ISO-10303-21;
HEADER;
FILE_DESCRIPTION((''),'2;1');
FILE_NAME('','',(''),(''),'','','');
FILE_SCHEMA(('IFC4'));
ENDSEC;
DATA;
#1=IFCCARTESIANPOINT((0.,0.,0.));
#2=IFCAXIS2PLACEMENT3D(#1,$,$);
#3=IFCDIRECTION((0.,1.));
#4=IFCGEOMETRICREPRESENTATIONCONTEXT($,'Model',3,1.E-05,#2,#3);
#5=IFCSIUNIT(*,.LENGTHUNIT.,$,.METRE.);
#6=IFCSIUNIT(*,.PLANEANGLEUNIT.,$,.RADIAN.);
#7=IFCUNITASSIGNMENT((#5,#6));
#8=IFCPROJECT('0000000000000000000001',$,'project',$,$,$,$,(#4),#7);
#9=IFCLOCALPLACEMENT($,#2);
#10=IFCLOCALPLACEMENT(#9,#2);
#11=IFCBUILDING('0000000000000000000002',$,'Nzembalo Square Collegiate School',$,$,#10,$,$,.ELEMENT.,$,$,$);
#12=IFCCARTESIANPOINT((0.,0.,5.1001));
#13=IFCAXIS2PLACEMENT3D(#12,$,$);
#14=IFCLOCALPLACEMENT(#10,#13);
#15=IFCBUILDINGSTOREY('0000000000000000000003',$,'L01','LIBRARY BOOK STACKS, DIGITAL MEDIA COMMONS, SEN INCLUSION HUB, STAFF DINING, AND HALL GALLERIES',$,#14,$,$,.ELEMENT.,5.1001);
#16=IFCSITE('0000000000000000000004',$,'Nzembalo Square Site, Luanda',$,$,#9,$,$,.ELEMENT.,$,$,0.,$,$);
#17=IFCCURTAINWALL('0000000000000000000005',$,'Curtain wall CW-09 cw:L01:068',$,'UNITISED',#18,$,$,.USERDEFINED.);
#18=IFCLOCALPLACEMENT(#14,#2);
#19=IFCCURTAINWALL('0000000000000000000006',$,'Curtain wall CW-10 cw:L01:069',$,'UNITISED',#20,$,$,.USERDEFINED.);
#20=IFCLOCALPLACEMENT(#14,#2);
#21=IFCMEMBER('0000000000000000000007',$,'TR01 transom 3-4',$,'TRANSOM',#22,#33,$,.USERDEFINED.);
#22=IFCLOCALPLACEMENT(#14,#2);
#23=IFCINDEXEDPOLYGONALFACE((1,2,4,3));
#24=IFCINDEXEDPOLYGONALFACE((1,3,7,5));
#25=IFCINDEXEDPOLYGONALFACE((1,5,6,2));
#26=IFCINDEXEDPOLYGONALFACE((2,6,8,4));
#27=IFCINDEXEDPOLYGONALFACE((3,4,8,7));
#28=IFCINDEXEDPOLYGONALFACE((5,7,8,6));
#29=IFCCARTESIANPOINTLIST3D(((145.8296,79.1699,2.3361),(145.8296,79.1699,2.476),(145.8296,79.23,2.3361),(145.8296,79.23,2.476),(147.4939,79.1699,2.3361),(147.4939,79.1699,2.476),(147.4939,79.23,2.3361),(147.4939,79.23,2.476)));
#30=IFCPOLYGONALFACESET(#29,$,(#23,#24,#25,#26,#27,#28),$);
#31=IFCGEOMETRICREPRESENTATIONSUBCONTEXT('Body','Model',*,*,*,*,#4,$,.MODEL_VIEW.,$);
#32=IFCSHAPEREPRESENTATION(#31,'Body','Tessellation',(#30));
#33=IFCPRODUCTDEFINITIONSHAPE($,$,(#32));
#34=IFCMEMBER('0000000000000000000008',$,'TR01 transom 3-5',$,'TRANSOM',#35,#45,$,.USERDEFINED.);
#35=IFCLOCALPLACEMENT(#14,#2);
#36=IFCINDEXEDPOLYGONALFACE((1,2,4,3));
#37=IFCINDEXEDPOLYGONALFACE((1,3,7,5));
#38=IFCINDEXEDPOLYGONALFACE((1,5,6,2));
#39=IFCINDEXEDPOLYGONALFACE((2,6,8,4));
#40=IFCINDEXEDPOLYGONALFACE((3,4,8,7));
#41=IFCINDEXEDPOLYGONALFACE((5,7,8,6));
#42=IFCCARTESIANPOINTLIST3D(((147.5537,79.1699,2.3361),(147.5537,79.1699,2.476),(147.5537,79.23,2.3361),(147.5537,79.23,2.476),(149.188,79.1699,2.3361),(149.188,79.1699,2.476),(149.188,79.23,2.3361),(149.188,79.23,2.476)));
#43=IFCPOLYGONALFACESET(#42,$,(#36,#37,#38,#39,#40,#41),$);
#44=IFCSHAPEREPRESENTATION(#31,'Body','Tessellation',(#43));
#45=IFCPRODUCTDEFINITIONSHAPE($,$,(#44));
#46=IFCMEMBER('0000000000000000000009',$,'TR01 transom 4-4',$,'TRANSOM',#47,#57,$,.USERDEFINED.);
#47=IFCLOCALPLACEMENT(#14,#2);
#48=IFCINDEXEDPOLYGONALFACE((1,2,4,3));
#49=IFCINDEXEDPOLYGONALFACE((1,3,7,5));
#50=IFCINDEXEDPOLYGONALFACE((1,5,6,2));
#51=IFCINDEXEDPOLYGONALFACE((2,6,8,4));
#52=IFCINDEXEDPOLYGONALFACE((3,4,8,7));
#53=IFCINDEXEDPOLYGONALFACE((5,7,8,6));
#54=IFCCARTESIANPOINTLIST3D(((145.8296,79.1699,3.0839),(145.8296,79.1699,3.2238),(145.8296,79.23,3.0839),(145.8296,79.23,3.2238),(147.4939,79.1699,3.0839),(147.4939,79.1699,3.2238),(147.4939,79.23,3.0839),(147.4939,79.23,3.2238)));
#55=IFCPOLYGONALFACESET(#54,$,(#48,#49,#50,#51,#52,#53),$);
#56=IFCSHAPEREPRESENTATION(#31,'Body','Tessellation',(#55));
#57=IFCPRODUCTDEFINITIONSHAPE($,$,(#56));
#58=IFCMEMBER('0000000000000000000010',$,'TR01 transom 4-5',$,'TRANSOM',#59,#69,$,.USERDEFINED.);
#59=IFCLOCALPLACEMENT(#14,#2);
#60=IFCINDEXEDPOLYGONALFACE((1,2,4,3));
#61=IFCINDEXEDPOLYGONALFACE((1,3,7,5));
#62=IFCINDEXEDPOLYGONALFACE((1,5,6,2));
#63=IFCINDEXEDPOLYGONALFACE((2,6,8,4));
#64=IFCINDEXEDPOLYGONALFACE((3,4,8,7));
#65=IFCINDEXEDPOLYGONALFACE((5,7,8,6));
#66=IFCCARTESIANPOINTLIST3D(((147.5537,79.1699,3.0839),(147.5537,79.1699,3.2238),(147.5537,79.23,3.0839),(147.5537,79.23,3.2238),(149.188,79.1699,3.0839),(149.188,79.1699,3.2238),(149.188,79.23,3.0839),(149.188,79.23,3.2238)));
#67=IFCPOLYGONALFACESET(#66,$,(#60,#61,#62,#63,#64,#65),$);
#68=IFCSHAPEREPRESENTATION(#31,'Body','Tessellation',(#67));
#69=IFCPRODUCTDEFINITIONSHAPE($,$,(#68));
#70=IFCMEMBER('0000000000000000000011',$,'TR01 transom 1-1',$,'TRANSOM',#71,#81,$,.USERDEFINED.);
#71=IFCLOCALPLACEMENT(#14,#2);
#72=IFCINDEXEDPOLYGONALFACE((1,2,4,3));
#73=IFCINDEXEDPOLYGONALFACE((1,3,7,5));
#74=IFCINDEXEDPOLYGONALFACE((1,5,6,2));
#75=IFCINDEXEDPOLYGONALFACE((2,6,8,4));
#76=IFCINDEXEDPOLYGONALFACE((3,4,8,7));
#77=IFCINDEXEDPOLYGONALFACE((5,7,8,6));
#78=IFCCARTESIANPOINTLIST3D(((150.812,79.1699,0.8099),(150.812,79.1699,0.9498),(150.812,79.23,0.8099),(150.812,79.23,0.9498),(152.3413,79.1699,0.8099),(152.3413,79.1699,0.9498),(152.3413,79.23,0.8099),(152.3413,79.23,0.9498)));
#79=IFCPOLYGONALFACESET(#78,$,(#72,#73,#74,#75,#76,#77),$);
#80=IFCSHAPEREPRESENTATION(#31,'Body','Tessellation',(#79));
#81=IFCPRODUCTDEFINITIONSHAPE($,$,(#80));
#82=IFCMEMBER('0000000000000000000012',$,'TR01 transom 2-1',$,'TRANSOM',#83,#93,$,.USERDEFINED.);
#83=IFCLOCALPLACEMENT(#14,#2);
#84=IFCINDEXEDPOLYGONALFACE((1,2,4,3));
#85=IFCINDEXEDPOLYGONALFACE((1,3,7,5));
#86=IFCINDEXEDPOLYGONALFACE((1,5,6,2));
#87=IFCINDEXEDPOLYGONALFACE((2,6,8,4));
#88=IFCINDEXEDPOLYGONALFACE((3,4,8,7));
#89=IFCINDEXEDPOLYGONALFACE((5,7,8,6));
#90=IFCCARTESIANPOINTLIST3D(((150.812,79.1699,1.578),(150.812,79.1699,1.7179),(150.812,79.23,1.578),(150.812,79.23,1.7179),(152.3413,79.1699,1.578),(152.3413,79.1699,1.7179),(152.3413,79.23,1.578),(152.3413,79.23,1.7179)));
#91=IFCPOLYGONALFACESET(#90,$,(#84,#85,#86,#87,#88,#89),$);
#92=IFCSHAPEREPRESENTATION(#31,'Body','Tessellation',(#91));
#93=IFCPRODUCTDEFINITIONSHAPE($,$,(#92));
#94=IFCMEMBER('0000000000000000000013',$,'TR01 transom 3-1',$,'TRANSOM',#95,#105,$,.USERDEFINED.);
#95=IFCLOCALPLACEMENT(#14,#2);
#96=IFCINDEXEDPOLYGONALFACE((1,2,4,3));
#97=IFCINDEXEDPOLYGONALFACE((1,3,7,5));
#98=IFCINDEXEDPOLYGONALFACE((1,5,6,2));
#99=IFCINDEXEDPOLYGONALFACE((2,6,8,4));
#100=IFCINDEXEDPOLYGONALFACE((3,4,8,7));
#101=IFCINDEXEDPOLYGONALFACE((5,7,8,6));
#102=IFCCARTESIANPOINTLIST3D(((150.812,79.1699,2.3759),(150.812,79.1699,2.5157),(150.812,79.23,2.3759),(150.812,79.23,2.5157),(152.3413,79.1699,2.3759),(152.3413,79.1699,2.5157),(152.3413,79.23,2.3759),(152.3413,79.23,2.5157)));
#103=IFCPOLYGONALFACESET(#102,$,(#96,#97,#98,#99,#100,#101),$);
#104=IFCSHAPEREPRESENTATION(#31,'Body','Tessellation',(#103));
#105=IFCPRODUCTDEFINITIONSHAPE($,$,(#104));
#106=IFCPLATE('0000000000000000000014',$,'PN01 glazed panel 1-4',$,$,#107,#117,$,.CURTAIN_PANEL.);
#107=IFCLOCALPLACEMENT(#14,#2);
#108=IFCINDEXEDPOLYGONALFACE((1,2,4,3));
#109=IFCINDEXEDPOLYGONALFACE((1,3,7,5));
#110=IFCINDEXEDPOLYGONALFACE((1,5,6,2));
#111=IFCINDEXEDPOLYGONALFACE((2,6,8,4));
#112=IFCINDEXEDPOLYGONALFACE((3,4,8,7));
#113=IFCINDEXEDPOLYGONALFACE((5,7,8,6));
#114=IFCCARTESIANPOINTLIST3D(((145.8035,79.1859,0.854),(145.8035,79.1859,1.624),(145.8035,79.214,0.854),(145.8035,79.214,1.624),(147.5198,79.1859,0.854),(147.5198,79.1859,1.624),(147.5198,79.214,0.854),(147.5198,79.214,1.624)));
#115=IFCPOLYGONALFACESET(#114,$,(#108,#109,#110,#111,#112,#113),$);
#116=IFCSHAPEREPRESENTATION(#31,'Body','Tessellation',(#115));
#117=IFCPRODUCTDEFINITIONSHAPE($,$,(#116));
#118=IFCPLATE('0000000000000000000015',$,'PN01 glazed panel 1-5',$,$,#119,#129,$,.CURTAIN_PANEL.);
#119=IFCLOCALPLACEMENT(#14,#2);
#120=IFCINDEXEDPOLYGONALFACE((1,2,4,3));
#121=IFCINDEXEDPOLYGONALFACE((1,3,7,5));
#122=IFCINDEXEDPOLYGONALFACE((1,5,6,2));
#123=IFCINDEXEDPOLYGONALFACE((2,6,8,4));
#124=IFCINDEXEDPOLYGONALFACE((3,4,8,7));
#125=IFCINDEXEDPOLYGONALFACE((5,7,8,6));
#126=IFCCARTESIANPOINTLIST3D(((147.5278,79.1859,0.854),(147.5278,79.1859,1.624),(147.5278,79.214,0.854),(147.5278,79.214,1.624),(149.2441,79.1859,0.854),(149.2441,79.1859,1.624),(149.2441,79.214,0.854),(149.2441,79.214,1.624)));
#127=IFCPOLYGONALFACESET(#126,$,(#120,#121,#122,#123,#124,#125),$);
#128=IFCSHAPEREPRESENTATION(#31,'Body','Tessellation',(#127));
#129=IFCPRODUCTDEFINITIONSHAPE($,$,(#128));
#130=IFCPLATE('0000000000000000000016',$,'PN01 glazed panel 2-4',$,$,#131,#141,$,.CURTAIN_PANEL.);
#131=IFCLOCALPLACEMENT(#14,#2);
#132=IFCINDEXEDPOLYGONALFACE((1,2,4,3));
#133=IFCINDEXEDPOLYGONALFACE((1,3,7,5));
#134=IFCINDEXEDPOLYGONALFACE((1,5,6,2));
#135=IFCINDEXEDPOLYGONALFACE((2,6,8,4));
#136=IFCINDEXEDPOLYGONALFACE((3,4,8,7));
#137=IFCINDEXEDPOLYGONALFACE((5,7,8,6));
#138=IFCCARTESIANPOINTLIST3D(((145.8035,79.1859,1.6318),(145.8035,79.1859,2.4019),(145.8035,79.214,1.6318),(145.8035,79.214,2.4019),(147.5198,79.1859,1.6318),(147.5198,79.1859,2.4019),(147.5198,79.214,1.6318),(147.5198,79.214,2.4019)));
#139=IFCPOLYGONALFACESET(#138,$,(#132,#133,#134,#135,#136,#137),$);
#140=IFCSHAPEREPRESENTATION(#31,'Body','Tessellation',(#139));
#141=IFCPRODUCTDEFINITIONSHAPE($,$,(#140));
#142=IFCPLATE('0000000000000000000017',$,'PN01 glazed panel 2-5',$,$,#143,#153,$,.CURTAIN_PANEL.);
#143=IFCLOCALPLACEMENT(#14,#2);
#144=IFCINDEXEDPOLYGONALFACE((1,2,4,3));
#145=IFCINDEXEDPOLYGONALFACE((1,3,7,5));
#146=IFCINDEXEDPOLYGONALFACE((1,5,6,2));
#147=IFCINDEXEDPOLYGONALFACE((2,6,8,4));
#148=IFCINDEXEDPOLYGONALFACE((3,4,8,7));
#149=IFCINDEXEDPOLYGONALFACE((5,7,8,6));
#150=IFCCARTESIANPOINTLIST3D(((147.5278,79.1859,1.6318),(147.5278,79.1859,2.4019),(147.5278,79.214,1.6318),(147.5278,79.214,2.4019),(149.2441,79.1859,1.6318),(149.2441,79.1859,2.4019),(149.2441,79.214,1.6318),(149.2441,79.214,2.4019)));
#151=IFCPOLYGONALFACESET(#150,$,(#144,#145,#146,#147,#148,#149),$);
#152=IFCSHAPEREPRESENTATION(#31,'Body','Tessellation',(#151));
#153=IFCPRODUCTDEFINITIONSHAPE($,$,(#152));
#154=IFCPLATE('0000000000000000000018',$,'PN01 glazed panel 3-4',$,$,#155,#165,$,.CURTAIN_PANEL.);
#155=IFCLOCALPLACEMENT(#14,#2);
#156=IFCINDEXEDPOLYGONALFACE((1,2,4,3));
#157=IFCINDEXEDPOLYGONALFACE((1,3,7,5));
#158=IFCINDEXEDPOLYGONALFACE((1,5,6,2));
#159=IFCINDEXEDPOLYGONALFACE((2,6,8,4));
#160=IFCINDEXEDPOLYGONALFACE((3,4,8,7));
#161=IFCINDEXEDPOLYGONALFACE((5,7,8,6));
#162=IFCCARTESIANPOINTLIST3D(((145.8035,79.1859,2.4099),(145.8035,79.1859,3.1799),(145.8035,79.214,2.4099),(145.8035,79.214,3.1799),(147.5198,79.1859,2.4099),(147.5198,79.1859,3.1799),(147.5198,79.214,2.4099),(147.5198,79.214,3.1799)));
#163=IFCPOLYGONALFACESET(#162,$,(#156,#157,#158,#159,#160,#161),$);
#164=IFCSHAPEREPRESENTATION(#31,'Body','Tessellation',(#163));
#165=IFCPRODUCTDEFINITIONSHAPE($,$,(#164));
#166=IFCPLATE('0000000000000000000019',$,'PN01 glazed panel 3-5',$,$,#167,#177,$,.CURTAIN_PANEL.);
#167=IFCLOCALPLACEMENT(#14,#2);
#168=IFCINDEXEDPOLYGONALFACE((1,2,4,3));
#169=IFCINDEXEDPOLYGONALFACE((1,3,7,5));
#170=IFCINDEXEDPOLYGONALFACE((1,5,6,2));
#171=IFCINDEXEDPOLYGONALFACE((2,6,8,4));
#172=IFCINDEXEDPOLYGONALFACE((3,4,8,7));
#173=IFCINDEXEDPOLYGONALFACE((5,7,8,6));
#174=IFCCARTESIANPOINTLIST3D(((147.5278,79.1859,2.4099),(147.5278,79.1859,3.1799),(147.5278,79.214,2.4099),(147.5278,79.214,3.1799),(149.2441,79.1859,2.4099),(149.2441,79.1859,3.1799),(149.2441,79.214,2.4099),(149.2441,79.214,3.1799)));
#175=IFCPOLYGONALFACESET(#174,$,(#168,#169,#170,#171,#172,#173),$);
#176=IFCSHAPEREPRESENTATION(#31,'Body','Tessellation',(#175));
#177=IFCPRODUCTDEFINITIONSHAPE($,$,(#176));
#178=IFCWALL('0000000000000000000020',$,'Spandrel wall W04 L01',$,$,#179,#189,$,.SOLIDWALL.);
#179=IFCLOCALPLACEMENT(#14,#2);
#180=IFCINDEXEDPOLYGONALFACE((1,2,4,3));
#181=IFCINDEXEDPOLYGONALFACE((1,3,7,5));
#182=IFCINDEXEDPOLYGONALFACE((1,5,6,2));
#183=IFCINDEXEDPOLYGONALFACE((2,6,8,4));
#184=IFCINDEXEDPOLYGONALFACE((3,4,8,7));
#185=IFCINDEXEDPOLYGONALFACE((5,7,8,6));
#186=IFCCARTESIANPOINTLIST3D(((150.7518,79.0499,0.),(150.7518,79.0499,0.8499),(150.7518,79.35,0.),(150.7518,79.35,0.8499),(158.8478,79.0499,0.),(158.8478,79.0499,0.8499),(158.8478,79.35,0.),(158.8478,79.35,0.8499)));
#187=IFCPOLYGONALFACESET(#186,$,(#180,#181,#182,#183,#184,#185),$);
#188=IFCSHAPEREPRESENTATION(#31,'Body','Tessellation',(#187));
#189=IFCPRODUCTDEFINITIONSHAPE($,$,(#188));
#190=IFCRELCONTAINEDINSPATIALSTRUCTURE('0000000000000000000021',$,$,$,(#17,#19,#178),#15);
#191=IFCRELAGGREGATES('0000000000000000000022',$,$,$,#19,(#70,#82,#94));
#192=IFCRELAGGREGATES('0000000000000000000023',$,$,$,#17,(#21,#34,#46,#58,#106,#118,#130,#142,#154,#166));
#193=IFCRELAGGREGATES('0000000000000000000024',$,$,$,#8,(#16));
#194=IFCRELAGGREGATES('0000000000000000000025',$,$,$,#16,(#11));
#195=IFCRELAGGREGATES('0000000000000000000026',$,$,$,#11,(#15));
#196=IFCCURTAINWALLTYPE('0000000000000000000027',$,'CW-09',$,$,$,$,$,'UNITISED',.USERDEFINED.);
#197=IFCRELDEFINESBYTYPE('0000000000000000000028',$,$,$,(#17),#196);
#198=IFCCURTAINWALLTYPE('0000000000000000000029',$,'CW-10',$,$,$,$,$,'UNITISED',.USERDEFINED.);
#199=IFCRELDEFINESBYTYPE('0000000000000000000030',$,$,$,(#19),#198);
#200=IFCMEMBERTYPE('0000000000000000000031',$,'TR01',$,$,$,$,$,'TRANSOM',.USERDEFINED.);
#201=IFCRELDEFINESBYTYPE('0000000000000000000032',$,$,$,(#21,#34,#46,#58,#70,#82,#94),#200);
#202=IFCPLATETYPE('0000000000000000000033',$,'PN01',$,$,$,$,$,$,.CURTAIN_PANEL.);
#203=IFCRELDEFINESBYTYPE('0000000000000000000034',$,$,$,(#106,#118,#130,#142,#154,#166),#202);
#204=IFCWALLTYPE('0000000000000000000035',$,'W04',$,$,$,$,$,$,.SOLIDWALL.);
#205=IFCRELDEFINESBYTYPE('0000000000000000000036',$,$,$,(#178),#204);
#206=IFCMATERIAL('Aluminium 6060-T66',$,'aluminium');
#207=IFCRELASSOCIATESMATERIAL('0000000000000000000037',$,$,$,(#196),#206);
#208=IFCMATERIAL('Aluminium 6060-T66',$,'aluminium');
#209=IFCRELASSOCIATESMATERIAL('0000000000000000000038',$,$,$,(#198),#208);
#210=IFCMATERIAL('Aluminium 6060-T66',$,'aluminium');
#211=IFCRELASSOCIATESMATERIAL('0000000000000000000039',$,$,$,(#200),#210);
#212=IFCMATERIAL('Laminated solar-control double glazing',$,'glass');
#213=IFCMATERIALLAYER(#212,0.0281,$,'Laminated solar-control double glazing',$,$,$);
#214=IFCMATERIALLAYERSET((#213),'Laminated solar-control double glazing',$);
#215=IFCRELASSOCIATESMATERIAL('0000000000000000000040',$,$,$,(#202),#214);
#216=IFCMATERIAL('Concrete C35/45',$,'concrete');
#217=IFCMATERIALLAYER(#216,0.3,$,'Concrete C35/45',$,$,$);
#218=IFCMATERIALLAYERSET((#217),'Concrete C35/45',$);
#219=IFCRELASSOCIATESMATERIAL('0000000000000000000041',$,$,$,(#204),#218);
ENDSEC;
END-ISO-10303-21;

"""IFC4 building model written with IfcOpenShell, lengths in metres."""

from ifc_helpers import new_model, si_unit, direction, frame, frame_2d, origin, origin_2d, place, context, subcontext, project, spatial, rectangle, extrude, material, layer, layer_set, material_profile, profile_set, type_object, element, aggregate, save


model = new_model("IFC4")

# Units and contexts
model_context = context("Model", 3, precision=1e-05, world=origin(), true_north=direction((0.0, 1.0)))
body_context = subcontext(model_context, "Body", "Model", "MODEL_VIEW")
ifc_project = project(units=[si_unit("LENGTHUNIT", "METRE"), si_unit("PLANEANGLEUNIT", "RADIAN")], contexts=[model_context])

# Site, building, storey
site_placement = place(None, origin())
site = spatial("IfcSite", under=ifc_project, at=site_placement, Name="Nzembalo Square Site, Luanda", CompositionType="ELEMENT", RefElevation=0.0)
building_placement = place(site_placement, origin())
building = spatial("IfcBuilding", under=site, at=building_placement, Name="Nzembalo Square Collegiate School", CompositionType="ELEMENT")
storey_placement = place(building_placement, frame((0.0, 0.0, 5.1001)))
storey = spatial("IfcBuildingStorey", under=building, at=storey_placement, Name="L01", Description="LIBRARY BOOK STACKS, DIGITAL MEDIA COMMONS, SEN INCLUSION HUB, STAFF DINING, AND HALL GALLERIES", CompositionType="ELEMENT", Elevation=5.1001)

# Curtain wall
ifc_material_1 = material(Name="Aluminium 6060-T66", Category="aluminium")
curtain_wall_type_1 = type_object("IfcCurtainWallType", Name="CW-09", ElementType="UNITISED", PredefinedType="USERDEFINED", material=ifc_material_1)
curtain_wall_1_placement = place(storey_placement, origin())
curtain_wall_1 = element("IfcCurtainWall", 1, at=curtain_wall_1_placement, inside=storey, type_object=curtain_wall_type_1, Name="Curtain wall CW-09 cw:L01:068", ObjectType="UNITISED", PredefinedType="USERDEFINED")

# Curtain wall
ifc_material_2 = material(Name="Aluminium 6060-T66", Category="aluminium")
curtain_wall_type_2 = type_object("IfcCurtainWallType", Name="CW-10", ElementType="UNITISED", PredefinedType="USERDEFINED", material=ifc_material_2)
curtain_wall_2_placement = place(storey_placement, origin())
curtain_wall_2 = element("IfcCurtainWall", 2, at=curtain_wall_2_placement, inside=storey, type_object=curtain_wall_type_2, Name="Curtain wall CW-10 cw:L01:069", ObjectType="UNITISED", PredefinedType="USERDEFINED")

# Members
ifc_material_3 = material(Name="Aluminium 6060-T66", Category="aluminium")
ifc_material_profile_1 = material_profile(ifc_material_3, rectangle(XDim=0.0601, YDim=0.1399, at=origin_2d()), Name="ALU T60x140")
ifc_profile_set_1 = profile_set([ifc_material_profile_1], Name="Aluminium 6060-T66")
member_type_1 = type_object("IfcMemberType", Name="TR01", ElementType="TRANSOM", PredefinedType="USERDEFINED", material=ifc_profile_set_1)
member_1_placement = place(storey_placement, frame((145.8296, 79.2, 2.406), z_axis=(1.0, 0.0, 0.0), x_axis=(0.0, 1.0, 0.0)))
member_1 = element("IfcMember", 3, at=member_1_placement, type_object=member_type_1, Name="TR01 transom 3-4", ObjectType="TRANSOM", PredefinedType="USERDEFINED", context=body_context, shape_type="SweptSolid", body=[
    extrude(rectangle(XDim=0.0601, YDim=0.1399, at=origin_2d()), origin(), (0.0, 0.0, 1.0), 1.6643),
])
member_2_placement = place(storey_placement, frame((147.5537, 79.2, 2.406), z_axis=(1.0, 0.0, 0.0), x_axis=(0.0, 1.0, 0.0)))
member_2 = element("IfcMember", 4, at=member_2_placement, type_object=member_type_1, Name="TR01 transom 3-5", ObjectType="TRANSOM", PredefinedType="USERDEFINED", context=body_context, shape_type="SweptSolid", body=[
    extrude(rectangle(XDim=0.0601, YDim=0.1399, at=origin_2d()), origin(), (0.0, 0.0, 1.0), 1.6343),
])
member_3_placement = place(storey_placement, frame((145.8296, 79.2, 3.1538), z_axis=(1.0, 0.0, 0.0), x_axis=(0.0, 1.0, 0.0)))
member_3 = element("IfcMember", 5, at=member_3_placement, type_object=member_type_1, Name="TR01 transom 4-4", ObjectType="TRANSOM", PredefinedType="USERDEFINED", context=body_context, shape_type="SweptSolid", body=[
    extrude(rectangle(XDim=0.0601, YDim=0.1399, at=origin_2d()), origin(), (0.0, 0.0, 1.0), 1.6643),
])
member_4_placement = place(storey_placement, frame((147.5537, 79.2, 3.1538), z_axis=(1.0, 0.0, 0.0), x_axis=(0.0, 1.0, 0.0)))
member_4 = element("IfcMember", 6, at=member_4_placement, type_object=member_type_1, Name="TR01 transom 4-5", ObjectType="TRANSOM", PredefinedType="USERDEFINED", context=body_context, shape_type="SweptSolid", body=[
    extrude(rectangle(XDim=0.0601, YDim=0.1399, at=origin_2d()), origin(), (0.0, 0.0, 1.0), 1.6343),
])
member_5_placement = place(storey_placement, frame((150.812, 79.2, 0.8799), z_axis=(1.0, 0.0, 0.0), x_axis=(0.0, 1.0, 0.0)))
member_5 = element("IfcMember", 7, at=member_5_placement, type_object=member_type_1, Name="TR01 transom 1-1", ObjectType="TRANSOM", PredefinedType="USERDEFINED", context=body_context, shape_type="SweptSolid", body=[
    extrude(rectangle(XDim=0.0601, YDim=0.1399, at=origin_2d()), origin(), (0.0, 0.0, 1.0), 1.5293),
])
member_6_placement = place(storey_placement, frame((150.812, 79.2, 1.6479), z_axis=(1.0, 0.0, 0.0), x_axis=(0.0, 1.0, 0.0)))
member_6 = element("IfcMember", 8, at=member_6_placement, type_object=member_type_1, Name="TR01 transom 2-1", ObjectType="TRANSOM", PredefinedType="USERDEFINED", context=body_context, shape_type="SweptSolid", body=[
    extrude(rectangle(XDim=0.0601, YDim=0.1399, at=origin_2d()), origin(), (0.0, 0.0, 1.0), 1.5293),
])
member_7_placement = place(storey_placement, frame((150.812, 79.2, 2.4458), z_axis=(1.0, 0.0, 0.0), x_axis=(0.0, 1.0, 0.0)))
member_7 = element("IfcMember", 9, at=member_7_placement, type_object=member_type_1, Name="TR01 transom 3-1", ObjectType="TRANSOM", PredefinedType="USERDEFINED", context=body_context, shape_type="SweptSolid", body=[
    extrude(rectangle(XDim=0.0601, YDim=0.1399, at=origin_2d()), origin(), (0.0, 0.0, 1.0), 1.5293),
])
aggregate(curtain_wall_2, [member_5, member_6, member_7])

# Plates
ifc_material_4 = material(Name="Laminated solar-control double glazing", Category="glass")
ifc_layer_1 = layer(ifc_material_4, 0.0281, Name="Laminated solar-control double glazing")
ifc_layer_set_1 = layer_set([ifc_layer_1], Name="Laminated solar-control double glazing")
plate_type = type_object("IfcPlateType", Name="PN01", PredefinedType="CURTAIN_PANEL", material=ifc_layer_set_1)
plate_1_placement = place(storey_placement, frame((146.6616, 79.2, 0.854), z_axis=(0.0, 0.0, 1.0), x_axis=(1.0, 0.0, 0.0)))
plate_1 = element("IfcPlate", 10, at=plate_1_placement, type_object=plate_type, Name="PN01 glazed panel 1-4", PredefinedType="CURTAIN_PANEL", context=body_context, shape_type="SweptSolid", body=[
    extrude(rectangle(XDim=1.7163, YDim=0.0281, at=origin_2d()), origin(), (0.0, 0.0, 1.0), 0.77),
])
plate_2_placement = place(storey_placement, frame((148.386, 79.2, 0.854), z_axis=(0.0, 0.0, 1.0), x_axis=(1.0, 0.0, 0.0)))
plate_2 = element("IfcPlate", 11, at=plate_2_placement, type_object=plate_type, Name="PN01 glazed panel 1-5", PredefinedType="CURTAIN_PANEL", context=body_context, shape_type="SweptSolid", body=[
    extrude(rectangle(XDim=1.7163, YDim=0.0281, at=origin_2d()), origin(), (0.0, 0.0, 1.0), 0.77),
])
plate_3_placement = place(storey_placement, frame((146.6616, 79.2, 1.6318), z_axis=(0.0, 0.0, 1.0), x_axis=(1.0, 0.0, 0.0)))
plate_3 = element("IfcPlate", 12, at=plate_3_placement, type_object=plate_type, Name="PN01 glazed panel 2-4", PredefinedType="CURTAIN_PANEL", context=body_context, shape_type="SweptSolid", body=[
    extrude(rectangle(XDim=1.7163, YDim=0.0281, at=origin_2d()), origin(), (0.0, 0.0, 1.0), 0.77),
])
plate_4_placement = place(storey_placement, frame((148.386, 79.2, 1.6318), z_axis=(0.0, 0.0, 1.0), x_axis=(1.0, 0.0, 0.0)))
plate_4 = element("IfcPlate", 13, at=plate_4_placement, type_object=plate_type, Name="PN01 glazed panel 2-5", PredefinedType="CURTAIN_PANEL", context=body_context, shape_type="SweptSolid", body=[
    extrude(rectangle(XDim=1.7163, YDim=0.0281, at=origin_2d()), origin(), (0.0, 0.0, 1.0), 0.77),
])
plate_5_placement = place(storey_placement, frame((146.6616, 79.2, 2.4099), z_axis=(0.0, 0.0, 1.0), x_axis=(1.0, 0.0, 0.0)))
plate_5 = element("IfcPlate", 14, at=plate_5_placement, type_object=plate_type, Name="PN01 glazed panel 3-4", PredefinedType="CURTAIN_PANEL", context=body_context, shape_type="SweptSolid", body=[
    extrude(rectangle(XDim=1.7163, YDim=0.0281, at=origin_2d()), origin(), (0.0, 0.0, 1.0), 0.77),
])
plate_6_placement = place(storey_placement, frame((148.386, 79.2, 2.4099), z_axis=(0.0, 0.0, 1.0), x_axis=(1.0, 0.0, 0.0)))
plate_6 = element("IfcPlate", 15, at=plate_6_placement, type_object=plate_type, Name="PN01 glazed panel 3-5", PredefinedType="CURTAIN_PANEL", context=body_context, shape_type="SweptSolid", body=[
    extrude(rectangle(XDim=1.7163, YDim=0.0281, at=origin_2d()), origin(), (0.0, 0.0, 1.0), 0.77),
])
aggregate(curtain_wall_1, [member_1, member_2, member_3, member_4, plate_1, plate_2, plate_3, plate_4, plate_5, plate_6])

# Wall
ifc_material_5 = material(Name="Concrete C35/45", Category="concrete")
ifc_layer_2 = layer(ifc_material_5, 0.3, Name="Concrete C35/45")
ifc_layer_set_2 = layer_set([ifc_layer_2], Name="Concrete C35/45")
wall_type = type_object("IfcWallType", Name="W04", PredefinedType="SOLIDWALL", material=ifc_layer_set_2)
wall_placement = place(storey_placement, frame((150.752, 79.2, 0.0), z_axis=(0.0, 0.0, 1.0), x_axis=(1.0, 0.0, 0.0)))
element("IfcWall", 16, at=wall_placement, inside=storey, type_object=wall_type, Name="Spandrel wall W04 L01", PredefinedType="SOLIDWALL", context=body_context, shape_type="SweptSolid", body=[
    extrude(rectangle(XDim=8.0959, YDim=0.3, at=frame_2d((4.0479, 0.0))), origin(), (0.0, 0.0, 1.0), 0.8499),
])

save(model, "model.ifc")
